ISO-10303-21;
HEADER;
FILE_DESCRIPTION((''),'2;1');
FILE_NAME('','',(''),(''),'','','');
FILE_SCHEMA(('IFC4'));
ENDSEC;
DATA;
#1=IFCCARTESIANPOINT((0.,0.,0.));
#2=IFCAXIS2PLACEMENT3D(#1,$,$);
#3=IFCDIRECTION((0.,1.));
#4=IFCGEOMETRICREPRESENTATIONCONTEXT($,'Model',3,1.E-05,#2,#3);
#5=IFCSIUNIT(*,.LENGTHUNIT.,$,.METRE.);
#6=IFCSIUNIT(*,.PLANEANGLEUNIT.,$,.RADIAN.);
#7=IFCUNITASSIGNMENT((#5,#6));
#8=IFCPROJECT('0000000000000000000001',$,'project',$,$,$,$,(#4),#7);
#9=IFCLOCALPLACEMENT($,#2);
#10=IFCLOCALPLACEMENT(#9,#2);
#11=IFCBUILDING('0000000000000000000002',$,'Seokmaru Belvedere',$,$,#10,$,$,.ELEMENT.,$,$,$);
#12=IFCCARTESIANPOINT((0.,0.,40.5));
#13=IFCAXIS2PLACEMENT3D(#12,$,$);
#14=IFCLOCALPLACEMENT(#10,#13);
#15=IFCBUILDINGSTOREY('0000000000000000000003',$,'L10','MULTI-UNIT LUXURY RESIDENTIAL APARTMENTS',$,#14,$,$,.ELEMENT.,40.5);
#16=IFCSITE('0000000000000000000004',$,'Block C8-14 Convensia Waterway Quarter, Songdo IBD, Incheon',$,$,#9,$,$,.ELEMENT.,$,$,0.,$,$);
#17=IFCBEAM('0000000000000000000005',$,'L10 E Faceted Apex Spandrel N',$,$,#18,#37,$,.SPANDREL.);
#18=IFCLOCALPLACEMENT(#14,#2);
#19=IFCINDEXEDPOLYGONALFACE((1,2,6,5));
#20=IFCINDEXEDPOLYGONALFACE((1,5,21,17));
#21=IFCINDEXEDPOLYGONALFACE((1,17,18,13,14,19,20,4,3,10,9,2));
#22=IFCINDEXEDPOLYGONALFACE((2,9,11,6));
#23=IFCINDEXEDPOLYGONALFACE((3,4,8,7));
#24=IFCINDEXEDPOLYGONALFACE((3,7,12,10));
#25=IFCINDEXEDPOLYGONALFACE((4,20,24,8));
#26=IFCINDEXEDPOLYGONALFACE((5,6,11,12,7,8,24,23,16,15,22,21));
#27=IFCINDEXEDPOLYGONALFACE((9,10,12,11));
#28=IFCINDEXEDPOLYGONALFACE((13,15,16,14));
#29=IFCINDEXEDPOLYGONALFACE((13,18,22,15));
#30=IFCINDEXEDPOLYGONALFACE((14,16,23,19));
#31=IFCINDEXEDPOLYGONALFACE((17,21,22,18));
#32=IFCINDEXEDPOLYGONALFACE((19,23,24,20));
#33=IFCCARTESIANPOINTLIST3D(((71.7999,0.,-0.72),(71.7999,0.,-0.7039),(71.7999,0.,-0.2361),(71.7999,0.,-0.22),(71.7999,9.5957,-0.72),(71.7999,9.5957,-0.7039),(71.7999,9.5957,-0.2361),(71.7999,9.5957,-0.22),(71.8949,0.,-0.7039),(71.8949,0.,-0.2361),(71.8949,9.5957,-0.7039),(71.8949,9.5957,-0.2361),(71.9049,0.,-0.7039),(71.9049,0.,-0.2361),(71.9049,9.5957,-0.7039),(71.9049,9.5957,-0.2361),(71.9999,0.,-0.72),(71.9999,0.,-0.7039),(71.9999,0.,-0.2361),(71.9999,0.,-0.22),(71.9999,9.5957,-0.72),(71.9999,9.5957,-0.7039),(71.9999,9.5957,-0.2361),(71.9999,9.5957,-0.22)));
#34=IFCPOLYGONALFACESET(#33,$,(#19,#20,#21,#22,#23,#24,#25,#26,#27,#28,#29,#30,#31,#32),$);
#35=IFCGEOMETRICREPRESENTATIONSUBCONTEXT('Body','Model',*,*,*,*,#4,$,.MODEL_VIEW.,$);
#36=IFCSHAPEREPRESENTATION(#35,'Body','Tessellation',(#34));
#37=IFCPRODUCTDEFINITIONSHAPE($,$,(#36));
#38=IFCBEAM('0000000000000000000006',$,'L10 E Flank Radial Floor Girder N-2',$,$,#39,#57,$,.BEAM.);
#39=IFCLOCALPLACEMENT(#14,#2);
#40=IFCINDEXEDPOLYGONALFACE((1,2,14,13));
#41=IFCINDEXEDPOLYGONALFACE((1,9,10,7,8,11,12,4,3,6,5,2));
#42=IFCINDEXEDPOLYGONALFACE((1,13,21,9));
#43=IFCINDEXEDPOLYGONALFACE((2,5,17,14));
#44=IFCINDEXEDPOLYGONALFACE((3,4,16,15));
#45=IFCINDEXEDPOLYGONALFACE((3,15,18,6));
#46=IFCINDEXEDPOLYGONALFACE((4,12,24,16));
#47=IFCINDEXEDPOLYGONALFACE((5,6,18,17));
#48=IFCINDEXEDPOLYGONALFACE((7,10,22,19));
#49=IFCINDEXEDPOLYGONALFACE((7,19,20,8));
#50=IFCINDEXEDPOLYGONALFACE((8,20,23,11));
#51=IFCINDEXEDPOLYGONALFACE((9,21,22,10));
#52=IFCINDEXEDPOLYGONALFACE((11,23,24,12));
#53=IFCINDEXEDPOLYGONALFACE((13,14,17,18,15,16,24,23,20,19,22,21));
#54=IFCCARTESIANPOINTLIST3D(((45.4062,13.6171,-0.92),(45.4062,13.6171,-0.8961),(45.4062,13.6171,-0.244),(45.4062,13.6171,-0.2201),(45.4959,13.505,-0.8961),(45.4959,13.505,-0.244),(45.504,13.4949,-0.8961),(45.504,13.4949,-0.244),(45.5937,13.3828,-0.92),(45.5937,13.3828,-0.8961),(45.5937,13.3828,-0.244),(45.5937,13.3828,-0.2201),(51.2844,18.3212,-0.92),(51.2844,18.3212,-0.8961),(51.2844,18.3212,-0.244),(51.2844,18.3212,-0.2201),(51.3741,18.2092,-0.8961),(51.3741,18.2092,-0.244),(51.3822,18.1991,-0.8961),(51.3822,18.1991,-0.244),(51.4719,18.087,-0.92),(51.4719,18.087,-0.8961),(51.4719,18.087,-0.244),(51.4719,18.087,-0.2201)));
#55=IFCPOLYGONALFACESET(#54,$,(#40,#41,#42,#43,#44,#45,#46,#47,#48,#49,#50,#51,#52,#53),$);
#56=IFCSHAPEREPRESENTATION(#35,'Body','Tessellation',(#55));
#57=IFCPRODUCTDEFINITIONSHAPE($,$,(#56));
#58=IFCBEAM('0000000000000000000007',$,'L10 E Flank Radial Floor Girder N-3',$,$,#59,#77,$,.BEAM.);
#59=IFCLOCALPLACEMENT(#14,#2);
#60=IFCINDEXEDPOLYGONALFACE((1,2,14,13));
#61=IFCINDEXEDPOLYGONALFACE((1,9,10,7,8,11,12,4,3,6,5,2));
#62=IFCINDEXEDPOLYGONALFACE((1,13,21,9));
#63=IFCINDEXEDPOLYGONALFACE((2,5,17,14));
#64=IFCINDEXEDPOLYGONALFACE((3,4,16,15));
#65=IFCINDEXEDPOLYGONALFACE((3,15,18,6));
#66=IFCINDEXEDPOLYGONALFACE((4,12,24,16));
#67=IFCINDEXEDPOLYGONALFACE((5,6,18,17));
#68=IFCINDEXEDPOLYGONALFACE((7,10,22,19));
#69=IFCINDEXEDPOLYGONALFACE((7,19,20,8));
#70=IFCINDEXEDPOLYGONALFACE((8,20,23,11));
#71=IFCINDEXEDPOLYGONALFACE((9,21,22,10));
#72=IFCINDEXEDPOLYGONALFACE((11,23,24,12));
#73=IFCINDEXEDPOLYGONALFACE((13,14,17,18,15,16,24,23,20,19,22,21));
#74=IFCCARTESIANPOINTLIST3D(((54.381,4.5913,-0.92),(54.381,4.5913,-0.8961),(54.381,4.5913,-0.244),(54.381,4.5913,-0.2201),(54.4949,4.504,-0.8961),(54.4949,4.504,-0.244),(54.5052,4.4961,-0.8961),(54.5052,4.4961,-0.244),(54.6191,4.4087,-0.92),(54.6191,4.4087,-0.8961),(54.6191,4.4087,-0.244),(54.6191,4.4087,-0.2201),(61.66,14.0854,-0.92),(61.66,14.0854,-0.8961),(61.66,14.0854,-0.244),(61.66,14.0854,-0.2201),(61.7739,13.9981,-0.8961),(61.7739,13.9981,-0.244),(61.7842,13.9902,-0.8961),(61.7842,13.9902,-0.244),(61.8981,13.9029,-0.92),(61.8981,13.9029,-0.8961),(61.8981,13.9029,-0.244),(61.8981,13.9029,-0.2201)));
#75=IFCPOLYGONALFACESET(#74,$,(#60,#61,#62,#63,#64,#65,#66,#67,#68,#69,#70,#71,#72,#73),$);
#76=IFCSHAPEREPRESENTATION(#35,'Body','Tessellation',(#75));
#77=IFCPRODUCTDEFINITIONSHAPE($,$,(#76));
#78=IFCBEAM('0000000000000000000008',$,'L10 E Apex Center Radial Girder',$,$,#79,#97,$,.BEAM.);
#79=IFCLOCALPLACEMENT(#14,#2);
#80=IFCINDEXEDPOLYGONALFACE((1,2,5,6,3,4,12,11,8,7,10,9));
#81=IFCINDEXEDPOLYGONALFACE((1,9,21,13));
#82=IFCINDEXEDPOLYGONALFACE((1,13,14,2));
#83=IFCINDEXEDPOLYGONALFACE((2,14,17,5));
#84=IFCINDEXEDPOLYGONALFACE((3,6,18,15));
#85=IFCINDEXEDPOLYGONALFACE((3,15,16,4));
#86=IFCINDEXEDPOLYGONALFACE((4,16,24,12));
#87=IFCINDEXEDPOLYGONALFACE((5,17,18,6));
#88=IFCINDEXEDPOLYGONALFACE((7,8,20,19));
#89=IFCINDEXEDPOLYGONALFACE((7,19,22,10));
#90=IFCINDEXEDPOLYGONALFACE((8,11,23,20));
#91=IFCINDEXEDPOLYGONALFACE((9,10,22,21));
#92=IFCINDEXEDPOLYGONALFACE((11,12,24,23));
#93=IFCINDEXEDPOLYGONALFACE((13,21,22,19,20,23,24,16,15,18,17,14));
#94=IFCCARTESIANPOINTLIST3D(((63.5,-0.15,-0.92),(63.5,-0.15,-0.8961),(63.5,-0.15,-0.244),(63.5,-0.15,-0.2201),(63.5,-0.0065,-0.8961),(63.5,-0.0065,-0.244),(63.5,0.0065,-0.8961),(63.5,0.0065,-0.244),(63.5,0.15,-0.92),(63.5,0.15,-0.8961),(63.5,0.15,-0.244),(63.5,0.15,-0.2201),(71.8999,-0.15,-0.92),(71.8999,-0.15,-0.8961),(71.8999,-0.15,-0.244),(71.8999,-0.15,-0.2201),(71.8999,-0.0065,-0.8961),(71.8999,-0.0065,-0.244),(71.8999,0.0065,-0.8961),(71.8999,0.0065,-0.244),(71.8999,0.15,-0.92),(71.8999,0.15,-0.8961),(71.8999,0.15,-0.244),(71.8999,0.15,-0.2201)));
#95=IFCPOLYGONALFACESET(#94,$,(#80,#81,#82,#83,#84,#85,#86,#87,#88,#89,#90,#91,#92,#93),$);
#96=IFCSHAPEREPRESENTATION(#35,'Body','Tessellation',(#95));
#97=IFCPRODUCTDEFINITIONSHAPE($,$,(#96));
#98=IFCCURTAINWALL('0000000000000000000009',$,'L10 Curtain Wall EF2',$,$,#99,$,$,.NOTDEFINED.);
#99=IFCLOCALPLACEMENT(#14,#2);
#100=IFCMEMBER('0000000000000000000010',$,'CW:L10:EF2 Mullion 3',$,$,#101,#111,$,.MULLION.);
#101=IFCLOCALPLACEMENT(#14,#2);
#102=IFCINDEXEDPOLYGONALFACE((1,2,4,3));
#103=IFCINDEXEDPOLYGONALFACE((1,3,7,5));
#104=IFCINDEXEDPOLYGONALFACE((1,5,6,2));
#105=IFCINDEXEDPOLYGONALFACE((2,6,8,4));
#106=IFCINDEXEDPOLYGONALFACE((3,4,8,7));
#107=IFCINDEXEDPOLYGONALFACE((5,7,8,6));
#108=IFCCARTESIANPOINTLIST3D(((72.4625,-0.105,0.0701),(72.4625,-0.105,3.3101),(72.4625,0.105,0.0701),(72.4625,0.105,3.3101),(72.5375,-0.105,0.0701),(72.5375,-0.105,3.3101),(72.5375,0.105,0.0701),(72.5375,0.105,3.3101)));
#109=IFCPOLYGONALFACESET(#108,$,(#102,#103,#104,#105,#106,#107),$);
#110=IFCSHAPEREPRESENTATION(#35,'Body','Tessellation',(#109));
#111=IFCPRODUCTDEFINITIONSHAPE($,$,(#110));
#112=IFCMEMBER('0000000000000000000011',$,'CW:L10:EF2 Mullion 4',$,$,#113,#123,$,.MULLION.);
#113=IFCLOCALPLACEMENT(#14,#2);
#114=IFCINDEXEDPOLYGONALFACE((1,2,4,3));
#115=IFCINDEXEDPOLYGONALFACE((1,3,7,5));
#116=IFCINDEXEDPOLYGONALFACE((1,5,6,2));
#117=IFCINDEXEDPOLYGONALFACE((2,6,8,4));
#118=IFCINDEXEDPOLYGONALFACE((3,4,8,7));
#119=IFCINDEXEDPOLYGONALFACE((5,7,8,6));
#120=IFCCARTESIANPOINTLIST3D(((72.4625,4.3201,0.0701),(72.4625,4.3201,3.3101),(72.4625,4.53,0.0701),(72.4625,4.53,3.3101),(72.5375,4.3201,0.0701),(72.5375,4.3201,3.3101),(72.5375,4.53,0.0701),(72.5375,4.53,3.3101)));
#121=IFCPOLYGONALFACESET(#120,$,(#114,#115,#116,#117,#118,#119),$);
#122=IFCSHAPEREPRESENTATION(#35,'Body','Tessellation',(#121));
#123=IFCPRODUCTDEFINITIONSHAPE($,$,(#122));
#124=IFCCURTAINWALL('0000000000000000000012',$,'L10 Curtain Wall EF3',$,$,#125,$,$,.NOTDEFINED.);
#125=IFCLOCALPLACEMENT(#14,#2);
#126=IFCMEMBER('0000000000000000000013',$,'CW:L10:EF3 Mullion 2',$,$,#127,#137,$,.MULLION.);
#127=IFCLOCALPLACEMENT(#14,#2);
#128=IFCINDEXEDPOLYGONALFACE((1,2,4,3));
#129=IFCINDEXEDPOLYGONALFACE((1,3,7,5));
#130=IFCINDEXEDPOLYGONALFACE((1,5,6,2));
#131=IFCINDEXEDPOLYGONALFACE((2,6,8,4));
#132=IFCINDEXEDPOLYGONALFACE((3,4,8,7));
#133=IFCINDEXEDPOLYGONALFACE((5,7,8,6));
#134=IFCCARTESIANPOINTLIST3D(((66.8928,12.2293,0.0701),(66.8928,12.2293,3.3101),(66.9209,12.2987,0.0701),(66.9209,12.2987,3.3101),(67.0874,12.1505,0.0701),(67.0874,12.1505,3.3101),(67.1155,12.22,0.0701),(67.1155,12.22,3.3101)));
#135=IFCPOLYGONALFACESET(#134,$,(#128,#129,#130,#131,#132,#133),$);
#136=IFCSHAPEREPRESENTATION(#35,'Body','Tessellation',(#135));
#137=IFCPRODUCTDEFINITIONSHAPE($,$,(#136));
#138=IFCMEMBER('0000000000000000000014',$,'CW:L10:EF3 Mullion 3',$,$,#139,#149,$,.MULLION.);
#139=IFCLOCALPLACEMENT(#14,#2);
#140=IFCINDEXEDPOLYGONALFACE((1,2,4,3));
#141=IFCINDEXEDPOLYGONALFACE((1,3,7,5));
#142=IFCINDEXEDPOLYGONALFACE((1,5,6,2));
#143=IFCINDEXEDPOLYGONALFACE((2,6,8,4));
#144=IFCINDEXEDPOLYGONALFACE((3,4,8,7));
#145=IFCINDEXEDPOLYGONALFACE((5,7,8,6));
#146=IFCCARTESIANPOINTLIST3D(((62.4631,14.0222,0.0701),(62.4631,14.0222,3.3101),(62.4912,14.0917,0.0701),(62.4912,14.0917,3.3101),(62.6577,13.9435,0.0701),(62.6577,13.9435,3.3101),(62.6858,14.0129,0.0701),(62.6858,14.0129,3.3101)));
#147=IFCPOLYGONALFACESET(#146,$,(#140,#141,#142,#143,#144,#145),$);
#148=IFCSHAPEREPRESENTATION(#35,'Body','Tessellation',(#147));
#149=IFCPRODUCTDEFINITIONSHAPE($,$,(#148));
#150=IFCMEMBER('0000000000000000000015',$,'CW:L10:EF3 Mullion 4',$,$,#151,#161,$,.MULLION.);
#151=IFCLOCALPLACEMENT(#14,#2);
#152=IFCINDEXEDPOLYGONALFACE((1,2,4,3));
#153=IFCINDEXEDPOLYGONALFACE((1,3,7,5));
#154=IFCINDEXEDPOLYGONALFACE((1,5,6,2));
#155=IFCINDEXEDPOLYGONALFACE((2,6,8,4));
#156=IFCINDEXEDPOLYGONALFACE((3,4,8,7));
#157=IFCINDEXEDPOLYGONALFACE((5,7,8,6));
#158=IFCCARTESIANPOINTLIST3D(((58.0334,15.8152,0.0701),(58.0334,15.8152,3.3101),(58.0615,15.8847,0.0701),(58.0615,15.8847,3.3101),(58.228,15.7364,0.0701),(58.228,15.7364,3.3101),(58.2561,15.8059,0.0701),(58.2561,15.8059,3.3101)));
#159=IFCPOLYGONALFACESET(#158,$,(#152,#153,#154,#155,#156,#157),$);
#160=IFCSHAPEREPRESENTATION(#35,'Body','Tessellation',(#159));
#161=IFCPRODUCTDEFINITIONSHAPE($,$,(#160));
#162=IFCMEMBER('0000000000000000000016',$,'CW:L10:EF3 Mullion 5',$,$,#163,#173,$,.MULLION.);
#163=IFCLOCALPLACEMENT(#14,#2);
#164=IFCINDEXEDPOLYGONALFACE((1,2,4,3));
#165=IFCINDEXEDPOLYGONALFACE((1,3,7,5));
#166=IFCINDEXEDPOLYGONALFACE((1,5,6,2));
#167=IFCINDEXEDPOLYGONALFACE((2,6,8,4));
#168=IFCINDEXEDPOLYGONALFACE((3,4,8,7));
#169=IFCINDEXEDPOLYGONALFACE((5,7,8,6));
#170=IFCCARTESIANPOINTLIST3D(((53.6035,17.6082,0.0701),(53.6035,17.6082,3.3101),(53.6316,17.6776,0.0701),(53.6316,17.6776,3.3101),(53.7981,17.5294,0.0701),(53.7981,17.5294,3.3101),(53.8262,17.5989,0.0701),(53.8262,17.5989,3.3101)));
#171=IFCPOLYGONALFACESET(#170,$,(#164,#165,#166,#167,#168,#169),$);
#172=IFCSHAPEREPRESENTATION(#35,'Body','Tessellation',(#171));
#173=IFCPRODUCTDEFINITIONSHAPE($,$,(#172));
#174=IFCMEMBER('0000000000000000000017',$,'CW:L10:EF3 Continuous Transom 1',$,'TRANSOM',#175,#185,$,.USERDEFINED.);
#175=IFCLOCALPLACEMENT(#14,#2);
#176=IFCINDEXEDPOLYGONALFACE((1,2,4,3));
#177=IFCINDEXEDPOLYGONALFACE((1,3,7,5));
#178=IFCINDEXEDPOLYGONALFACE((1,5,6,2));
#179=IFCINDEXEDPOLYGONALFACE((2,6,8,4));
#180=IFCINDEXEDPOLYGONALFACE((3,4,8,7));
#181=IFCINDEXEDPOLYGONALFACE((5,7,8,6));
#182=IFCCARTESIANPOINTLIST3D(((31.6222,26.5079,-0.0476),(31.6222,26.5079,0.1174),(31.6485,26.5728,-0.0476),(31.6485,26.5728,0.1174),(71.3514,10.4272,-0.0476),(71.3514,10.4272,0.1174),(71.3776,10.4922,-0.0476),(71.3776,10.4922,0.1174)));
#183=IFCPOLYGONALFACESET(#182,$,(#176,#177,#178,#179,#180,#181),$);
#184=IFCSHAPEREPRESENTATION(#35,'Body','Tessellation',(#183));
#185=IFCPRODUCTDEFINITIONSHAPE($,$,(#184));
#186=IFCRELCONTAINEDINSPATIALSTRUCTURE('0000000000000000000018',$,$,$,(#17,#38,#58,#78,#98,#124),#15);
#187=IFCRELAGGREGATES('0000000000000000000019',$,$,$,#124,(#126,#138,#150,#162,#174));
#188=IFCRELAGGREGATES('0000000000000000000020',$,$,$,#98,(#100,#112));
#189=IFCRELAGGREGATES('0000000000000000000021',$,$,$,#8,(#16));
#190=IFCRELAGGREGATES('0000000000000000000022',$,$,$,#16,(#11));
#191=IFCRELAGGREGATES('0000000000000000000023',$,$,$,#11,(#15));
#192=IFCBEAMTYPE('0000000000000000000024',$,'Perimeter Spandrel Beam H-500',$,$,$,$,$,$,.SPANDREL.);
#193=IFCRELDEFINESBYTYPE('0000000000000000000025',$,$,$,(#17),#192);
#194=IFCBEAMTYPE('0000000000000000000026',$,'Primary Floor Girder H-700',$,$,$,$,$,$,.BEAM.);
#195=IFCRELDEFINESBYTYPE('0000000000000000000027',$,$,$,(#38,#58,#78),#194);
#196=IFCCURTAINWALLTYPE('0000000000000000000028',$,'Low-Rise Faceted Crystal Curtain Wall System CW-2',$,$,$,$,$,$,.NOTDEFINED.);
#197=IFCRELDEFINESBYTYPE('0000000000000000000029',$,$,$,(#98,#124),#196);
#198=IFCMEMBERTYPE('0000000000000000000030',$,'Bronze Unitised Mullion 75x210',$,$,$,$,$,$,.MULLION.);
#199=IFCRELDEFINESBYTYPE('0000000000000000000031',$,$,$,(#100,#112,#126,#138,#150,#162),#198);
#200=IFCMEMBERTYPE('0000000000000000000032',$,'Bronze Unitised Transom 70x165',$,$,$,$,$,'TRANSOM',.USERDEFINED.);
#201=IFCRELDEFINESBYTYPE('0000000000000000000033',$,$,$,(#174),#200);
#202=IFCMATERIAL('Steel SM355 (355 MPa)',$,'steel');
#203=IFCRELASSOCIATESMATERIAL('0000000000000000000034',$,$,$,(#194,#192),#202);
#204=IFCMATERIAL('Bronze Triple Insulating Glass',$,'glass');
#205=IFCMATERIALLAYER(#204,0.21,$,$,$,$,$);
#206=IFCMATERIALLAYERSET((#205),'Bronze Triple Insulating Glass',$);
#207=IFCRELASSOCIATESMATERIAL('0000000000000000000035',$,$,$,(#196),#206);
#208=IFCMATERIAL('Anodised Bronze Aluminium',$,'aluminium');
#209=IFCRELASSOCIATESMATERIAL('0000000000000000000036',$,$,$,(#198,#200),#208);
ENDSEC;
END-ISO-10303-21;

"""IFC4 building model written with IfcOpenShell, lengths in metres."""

from ifc_helpers import new_model, si_unit, direction, frame, origin, origin_2d, place, context, subcontext, project, spatial, rectangle, i_section, extrude, source, transform, mapped, material, layer, layer_set, material_profile, profile_set, type_object, type_shapes, element, aggregate, save


model = new_model("IFC4")

# Units and contexts
model_context = context("Model", 3, precision=1e-05, world=origin(), true_north=direction((0.0, 1.0)))
body_context = subcontext(model_context, "Body", "Model", "MODEL_VIEW")
ifc_project = project(units=[si_unit("LENGTHUNIT", "METRE"), si_unit("PLANEANGLEUNIT", "RADIAN")], contexts=[model_context])

# Site, building, storey
site_placement = place(None, origin())
site = spatial("IfcSite", under=ifc_project, at=site_placement, Name="Block C8-14 Convensia Waterway Quarter, Songdo IBD, Incheon", CompositionType="ELEMENT", RefElevation=0.0)
building_placement = place(site_placement, origin())
building = spatial("IfcBuilding", under=site, at=building_placement, Name="Seokmaru Belvedere", CompositionType="ELEMENT")
storey_placement = place(building_placement, frame((0.0, 0.0, 40.5)))
storey = spatial("IfcBuildingStorey", under=building, at=storey_placement, Name="L10", Description="MULTI-UNIT LUXURY RESIDENTIAL APARTMENTS", CompositionType="ELEMENT", Elevation=40.5)

# Shared definitions
ifc_material_1 = material(Name="Steel SM355 (355 MPa)", Category="steel")

# Beams
ifc_material_profile_1 = material_profile(ifc_material_1, i_section(OverallWidth=0.3, OverallDepth=0.7, WebThickness=0.0129, FlangeThickness=0.0239, at=origin_2d()), Name="H-700x300x13x24")
ifc_profile_set_1 = profile_set([ifc_material_profile_1], Name="Steel SM355 (355 MPa)")
beam_type_1 = type_object("IfcBeamType", Name="Primary Floor Girder H-700", PredefinedType="BEAM", material=ifc_profile_set_1)
ifc_material_profile_2 = material_profile(ifc_material_1, i_section(OverallWidth=0.2, OverallDepth=0.5, WebThickness=0.01, FlangeThickness=0.0161, at=origin_2d()), Name="H-500x200x10x16")
ifc_profile_set_2 = profile_set([ifc_material_profile_2], Name="Steel SM355 (355 MPa)")
beam_type_2 = type_object("IfcBeamType", Name="Perimeter Spandrel Beam H-500", PredefinedType="SPANDREL", material=ifc_profile_set_2)
shared_shape_1 = source(origin(), body_context, "Body", "SweptSolid", [
    extrude(i_section(OverallWidth=0.2, OverallDepth=0.5, WebThickness=0.01, FlangeThickness=0.0161, at=origin_2d()), origin(), (0.0, 0.0, 1.0), 9.5957),
])
beam_1_placement = place(storey_placement, frame((71.8999, 0.0, -0.47), z_axis=(0.0, 1.0, 0.0), x_axis=(-1.0, 0.0, 0.0)))
element("IfcBeam", 1, at=beam_1_placement, inside=storey, type_object=beam_type_2, Name="L10 E Faceted Apex Spandrel N", PredefinedType="SPANDREL", context=body_context, shape_type="MappedRepresentation", body=[
    mapped(shared_shape_1, transform((0.0, 0.0, 0.0), scale=1.0)),
])
shared_shape_2 = source(origin(), body_context, "Body", "SweptSolid", [
    extrude(i_section(OverallWidth=0.3, OverallDepth=0.7, WebThickness=0.0129, FlangeThickness=0.0239, at=origin_2d()), origin(), (0.0, 0.0, 1.0), 7.5288),
])
beam_2_placement = place(storey_placement, frame((51.3782, 18.2041, -0.5701), z_axis=(-0.780768, -0.624822, 0.0), x_axis=(0.624822, -0.780768, 0.0)))
element("IfcBeam", 2, at=beam_2_placement, inside=storey, type_object=beam_type_1, Name="L10 E Flank Radial Floor Girder N-2", PredefinedType="BEAM", context=body_context, shape_type="MappedRepresentation", body=[
    mapped(shared_shape_2, transform((0.0, 0.0, 0.0), scale=1.0)),
])
shared_shape_3 = source(origin(), body_context, "Body", "SweptSolid", [
    extrude(i_section(OverallWidth=0.3, OverallDepth=0.7, WebThickness=0.0129, FlangeThickness=0.0239, at=origin_2d()), origin(), (0.0, 0.0, 1.0), 11.9634),
])
beam_3_placement = place(storey_placement, frame((61.7791, 13.9941, -0.5701), z_axis=(-0.608443, -0.793598, 0.0), x_axis=(0.793598, -0.608443, 0.0)))
element("IfcBeam", 3, at=beam_3_placement, inside=storey, type_object=beam_type_1, Name="L10 E Flank Radial Floor Girder N-3", PredefinedType="BEAM", context=body_context, shape_type="MappedRepresentation", body=[
    mapped(shared_shape_3, transform((0.0, 0.0, 0.0), scale=1.0)),
])
shared_shape_4 = source(origin(), body_context, "Body", "SweptSolid", [
    extrude(i_section(OverallWidth=0.3, OverallDepth=0.7, WebThickness=0.0129, FlangeThickness=0.0239, at=origin_2d()), origin(), (0.0, 0.0, 1.0), 8.3999),
])
beam_4_placement = place(storey_placement, frame((71.8999, 0.0, -0.5701), z_axis=(-1.0, 0.0, 0.0), x_axis=(0.0, -1.0, 0.0)))
element("IfcBeam", 4, at=beam_4_placement, inside=storey, type_object=beam_type_1, Name="L10 E Apex Center Radial Girder", PredefinedType="BEAM", context=body_context, shape_type="MappedRepresentation", body=[
    mapped(shared_shape_4, transform((0.0, 0.0, 0.0), scale=1.0)),
])

# Curtain walls, members
ifc_material_2 = material(Name="Bronze Triple Insulating Glass", Category="glass")
ifc_layer_1 = layer(ifc_material_2, 0.21)
ifc_layer_set_1 = layer_set([ifc_layer_1], Name="Bronze Triple Insulating Glass")
curtain_wall_type = type_object("IfcCurtainWallType", Name="Low-Rise Faceted Crystal Curtain Wall System CW-2", PredefinedType="NOTDEFINED", material=ifc_layer_set_1)
curtain_wall_1_placement = place(storey_placement, origin())
curtain_wall_1 = element("IfcCurtainWall", 5, at=curtain_wall_1_placement, inside=storey, type_object=curtain_wall_type, Name="L10 Curtain Wall EF2", PredefinedType="NOTDEFINED")
ifc_material_3 = material(Name="Anodised Bronze Aluminium", Category="aluminium")
ifc_material_profile_3 = material_profile(ifc_material_3, rectangle(XDim=0.075, YDim=0.21, at=origin_2d()), Name="CW-M-75x210")
ifc_profile_set_3 = profile_set([ifc_material_profile_3], Name="Anodised Bronze Aluminium")
member_type_1 = type_object("IfcMemberType", Name="Bronze Unitised Mullion 75x210", PredefinedType="MULLION", material=ifc_profile_set_3)
shared_shape_5 = source(origin(), body_context, "Body", "SweptSolid", [
    extrude(rectangle(XDim=0.075, YDim=0.21, at=origin_2d()), origin(), (0.0, 0.0, 1.0), 3.24),
])
member_1_placement = place(storey_placement, frame((72.5, 0.0, 0.0701), z_axis=(0.0, 0.0, 1.0), x_axis=(-1.0, 0.0, 0.0)))
member_1 = element("IfcMember", 6, at=member_1_placement, type_object=member_type_1, Name="CW:L10:EF2 Mullion 3", PredefinedType="MULLION", context=body_context, shape_type="MappedRepresentation", body=[
    mapped(shared_shape_5, transform((0.0, 0.0, 0.0), scale=1.0)),
])
member_2_placement = place(storey_placement, frame((72.5, 4.425, 0.0701), z_axis=(0.0, 0.0, 1.0), x_axis=(-1.0, 0.0, 0.0)))
member_2 = element("IfcMember", 7, at=member_2_placement, type_object=member_type_1, Name="CW:L10:EF2 Mullion 4", PredefinedType="MULLION", context=body_context, shape_type="MappedRepresentation", body=[
    mapped(shared_shape_5, transform((0.0, 0.0, 0.0), scale=1.0)),
])
curtain_wall_2_placement = place(storey_placement, origin())
curtain_wall_2 = element("IfcCurtainWall", 8, at=curtain_wall_2_placement, inside=storey, type_object=curtain_wall_type, Name="L10 Curtain Wall EF3", PredefinedType="NOTDEFINED")
member_3_placement = place(storey_placement, frame((67.0042, 12.2246, 0.0701), z_axis=(0.0, 0.0, 1.0), x_axis=(-0.375192, -0.926947, 0.0)))
member_3 = element("IfcMember", 9, at=member_3_placement, type_object=member_type_1, Name="CW:L10:EF3 Mullion 2", PredefinedType="MULLION", context=body_context, shape_type="MappedRepresentation", body=[
    mapped(shared_shape_5, transform((0.0, 0.0, 0.0), scale=1.0)),
])
member_4_placement = place(storey_placement, frame((62.5745, 14.0176, 0.0701), z_axis=(0.0, 0.0, 1.0), x_axis=(-0.375192, -0.926947, 0.0)))
member_4 = element("IfcMember", 10, at=member_4_placement, type_object=member_type_1, Name="CW:L10:EF3 Mullion 3", PredefinedType="MULLION", context=body_context, shape_type="MappedRepresentation", body=[
    mapped(shared_shape_5, transform((0.0, 0.0, 0.0), scale=1.0)),
])
member_5_placement = place(storey_placement, frame((58.1448, 15.8105, 0.0701), z_axis=(0.0, 0.0, 1.0), x_axis=(-0.375192, -0.926947, 0.0)))
member_5 = element("IfcMember", 11, at=member_5_placement, type_object=member_type_1, Name="CW:L10:EF3 Mullion 4", PredefinedType="MULLION", context=body_context, shape_type="MappedRepresentation", body=[
    mapped(shared_shape_5, transform((0.0, 0.0, 0.0), scale=1.0)),
])
member_6_placement = place(storey_placement, frame((53.7148, 17.6035, 0.0701), z_axis=(0.0, 0.0, 1.0), x_axis=(-0.375192, -0.926947, 0.0)))
member_6 = element("IfcMember", 12, at=member_6_placement, type_object=member_type_1, Name="CW:L10:EF3 Mullion 5", PredefinedType="MULLION", context=body_context, shape_type="MappedRepresentation", body=[
    mapped(shared_shape_5, transform((0.0, 0.0, 0.0), scale=1.0)),
])
ifc_material_profile_4 = material_profile(ifc_material_3, rectangle(XDim=0.0701, YDim=0.165, at=origin_2d()), Name="CW-T-70x165")
ifc_profile_set_4 = profile_set([ifc_material_profile_4], Name="Anodised Bronze Aluminium")
member_type_2 = type_object("IfcMemberType", Name="Bronze Unitised Transom 70x165", ElementType="TRANSOM", PredefinedType="USERDEFINED", material=ifc_profile_set_4)
shared_shape_6 = source(origin(), body_context, "Body", "SweptSolid", [
    extrude(rectangle(XDim=0.0701, YDim=0.165, at=origin_2d()), origin(), (0.0, 0.0, 1.0), 42.8601),
])
type_shapes(member_type_2, [shared_shape_6])
member_7_placement = place(storey_placement, frame((71.3645, 10.4597, 0.0349), z_axis=(-0.926949, 0.375188, 0.0), x_axis=(-0.375188, -0.926949, 0.0)))
member_7 = element("IfcMember", 13, at=member_7_placement, type_object=member_type_2, Name="CW:L10:EF3 Continuous Transom 1", ObjectType="TRANSOM", PredefinedType="USERDEFINED", context=body_context, shape_type="MappedRepresentation", body=[
    mapped(shared_shape_6, transform((0.0, 0.0, 0.0), scale=1.0)),
])

aggregate(curtain_wall_2, [member_3, member_4, member_5, member_6, member_7])
aggregate(curtain_wall_1, [member_1, member_2])

save(model, "model.ifc")
